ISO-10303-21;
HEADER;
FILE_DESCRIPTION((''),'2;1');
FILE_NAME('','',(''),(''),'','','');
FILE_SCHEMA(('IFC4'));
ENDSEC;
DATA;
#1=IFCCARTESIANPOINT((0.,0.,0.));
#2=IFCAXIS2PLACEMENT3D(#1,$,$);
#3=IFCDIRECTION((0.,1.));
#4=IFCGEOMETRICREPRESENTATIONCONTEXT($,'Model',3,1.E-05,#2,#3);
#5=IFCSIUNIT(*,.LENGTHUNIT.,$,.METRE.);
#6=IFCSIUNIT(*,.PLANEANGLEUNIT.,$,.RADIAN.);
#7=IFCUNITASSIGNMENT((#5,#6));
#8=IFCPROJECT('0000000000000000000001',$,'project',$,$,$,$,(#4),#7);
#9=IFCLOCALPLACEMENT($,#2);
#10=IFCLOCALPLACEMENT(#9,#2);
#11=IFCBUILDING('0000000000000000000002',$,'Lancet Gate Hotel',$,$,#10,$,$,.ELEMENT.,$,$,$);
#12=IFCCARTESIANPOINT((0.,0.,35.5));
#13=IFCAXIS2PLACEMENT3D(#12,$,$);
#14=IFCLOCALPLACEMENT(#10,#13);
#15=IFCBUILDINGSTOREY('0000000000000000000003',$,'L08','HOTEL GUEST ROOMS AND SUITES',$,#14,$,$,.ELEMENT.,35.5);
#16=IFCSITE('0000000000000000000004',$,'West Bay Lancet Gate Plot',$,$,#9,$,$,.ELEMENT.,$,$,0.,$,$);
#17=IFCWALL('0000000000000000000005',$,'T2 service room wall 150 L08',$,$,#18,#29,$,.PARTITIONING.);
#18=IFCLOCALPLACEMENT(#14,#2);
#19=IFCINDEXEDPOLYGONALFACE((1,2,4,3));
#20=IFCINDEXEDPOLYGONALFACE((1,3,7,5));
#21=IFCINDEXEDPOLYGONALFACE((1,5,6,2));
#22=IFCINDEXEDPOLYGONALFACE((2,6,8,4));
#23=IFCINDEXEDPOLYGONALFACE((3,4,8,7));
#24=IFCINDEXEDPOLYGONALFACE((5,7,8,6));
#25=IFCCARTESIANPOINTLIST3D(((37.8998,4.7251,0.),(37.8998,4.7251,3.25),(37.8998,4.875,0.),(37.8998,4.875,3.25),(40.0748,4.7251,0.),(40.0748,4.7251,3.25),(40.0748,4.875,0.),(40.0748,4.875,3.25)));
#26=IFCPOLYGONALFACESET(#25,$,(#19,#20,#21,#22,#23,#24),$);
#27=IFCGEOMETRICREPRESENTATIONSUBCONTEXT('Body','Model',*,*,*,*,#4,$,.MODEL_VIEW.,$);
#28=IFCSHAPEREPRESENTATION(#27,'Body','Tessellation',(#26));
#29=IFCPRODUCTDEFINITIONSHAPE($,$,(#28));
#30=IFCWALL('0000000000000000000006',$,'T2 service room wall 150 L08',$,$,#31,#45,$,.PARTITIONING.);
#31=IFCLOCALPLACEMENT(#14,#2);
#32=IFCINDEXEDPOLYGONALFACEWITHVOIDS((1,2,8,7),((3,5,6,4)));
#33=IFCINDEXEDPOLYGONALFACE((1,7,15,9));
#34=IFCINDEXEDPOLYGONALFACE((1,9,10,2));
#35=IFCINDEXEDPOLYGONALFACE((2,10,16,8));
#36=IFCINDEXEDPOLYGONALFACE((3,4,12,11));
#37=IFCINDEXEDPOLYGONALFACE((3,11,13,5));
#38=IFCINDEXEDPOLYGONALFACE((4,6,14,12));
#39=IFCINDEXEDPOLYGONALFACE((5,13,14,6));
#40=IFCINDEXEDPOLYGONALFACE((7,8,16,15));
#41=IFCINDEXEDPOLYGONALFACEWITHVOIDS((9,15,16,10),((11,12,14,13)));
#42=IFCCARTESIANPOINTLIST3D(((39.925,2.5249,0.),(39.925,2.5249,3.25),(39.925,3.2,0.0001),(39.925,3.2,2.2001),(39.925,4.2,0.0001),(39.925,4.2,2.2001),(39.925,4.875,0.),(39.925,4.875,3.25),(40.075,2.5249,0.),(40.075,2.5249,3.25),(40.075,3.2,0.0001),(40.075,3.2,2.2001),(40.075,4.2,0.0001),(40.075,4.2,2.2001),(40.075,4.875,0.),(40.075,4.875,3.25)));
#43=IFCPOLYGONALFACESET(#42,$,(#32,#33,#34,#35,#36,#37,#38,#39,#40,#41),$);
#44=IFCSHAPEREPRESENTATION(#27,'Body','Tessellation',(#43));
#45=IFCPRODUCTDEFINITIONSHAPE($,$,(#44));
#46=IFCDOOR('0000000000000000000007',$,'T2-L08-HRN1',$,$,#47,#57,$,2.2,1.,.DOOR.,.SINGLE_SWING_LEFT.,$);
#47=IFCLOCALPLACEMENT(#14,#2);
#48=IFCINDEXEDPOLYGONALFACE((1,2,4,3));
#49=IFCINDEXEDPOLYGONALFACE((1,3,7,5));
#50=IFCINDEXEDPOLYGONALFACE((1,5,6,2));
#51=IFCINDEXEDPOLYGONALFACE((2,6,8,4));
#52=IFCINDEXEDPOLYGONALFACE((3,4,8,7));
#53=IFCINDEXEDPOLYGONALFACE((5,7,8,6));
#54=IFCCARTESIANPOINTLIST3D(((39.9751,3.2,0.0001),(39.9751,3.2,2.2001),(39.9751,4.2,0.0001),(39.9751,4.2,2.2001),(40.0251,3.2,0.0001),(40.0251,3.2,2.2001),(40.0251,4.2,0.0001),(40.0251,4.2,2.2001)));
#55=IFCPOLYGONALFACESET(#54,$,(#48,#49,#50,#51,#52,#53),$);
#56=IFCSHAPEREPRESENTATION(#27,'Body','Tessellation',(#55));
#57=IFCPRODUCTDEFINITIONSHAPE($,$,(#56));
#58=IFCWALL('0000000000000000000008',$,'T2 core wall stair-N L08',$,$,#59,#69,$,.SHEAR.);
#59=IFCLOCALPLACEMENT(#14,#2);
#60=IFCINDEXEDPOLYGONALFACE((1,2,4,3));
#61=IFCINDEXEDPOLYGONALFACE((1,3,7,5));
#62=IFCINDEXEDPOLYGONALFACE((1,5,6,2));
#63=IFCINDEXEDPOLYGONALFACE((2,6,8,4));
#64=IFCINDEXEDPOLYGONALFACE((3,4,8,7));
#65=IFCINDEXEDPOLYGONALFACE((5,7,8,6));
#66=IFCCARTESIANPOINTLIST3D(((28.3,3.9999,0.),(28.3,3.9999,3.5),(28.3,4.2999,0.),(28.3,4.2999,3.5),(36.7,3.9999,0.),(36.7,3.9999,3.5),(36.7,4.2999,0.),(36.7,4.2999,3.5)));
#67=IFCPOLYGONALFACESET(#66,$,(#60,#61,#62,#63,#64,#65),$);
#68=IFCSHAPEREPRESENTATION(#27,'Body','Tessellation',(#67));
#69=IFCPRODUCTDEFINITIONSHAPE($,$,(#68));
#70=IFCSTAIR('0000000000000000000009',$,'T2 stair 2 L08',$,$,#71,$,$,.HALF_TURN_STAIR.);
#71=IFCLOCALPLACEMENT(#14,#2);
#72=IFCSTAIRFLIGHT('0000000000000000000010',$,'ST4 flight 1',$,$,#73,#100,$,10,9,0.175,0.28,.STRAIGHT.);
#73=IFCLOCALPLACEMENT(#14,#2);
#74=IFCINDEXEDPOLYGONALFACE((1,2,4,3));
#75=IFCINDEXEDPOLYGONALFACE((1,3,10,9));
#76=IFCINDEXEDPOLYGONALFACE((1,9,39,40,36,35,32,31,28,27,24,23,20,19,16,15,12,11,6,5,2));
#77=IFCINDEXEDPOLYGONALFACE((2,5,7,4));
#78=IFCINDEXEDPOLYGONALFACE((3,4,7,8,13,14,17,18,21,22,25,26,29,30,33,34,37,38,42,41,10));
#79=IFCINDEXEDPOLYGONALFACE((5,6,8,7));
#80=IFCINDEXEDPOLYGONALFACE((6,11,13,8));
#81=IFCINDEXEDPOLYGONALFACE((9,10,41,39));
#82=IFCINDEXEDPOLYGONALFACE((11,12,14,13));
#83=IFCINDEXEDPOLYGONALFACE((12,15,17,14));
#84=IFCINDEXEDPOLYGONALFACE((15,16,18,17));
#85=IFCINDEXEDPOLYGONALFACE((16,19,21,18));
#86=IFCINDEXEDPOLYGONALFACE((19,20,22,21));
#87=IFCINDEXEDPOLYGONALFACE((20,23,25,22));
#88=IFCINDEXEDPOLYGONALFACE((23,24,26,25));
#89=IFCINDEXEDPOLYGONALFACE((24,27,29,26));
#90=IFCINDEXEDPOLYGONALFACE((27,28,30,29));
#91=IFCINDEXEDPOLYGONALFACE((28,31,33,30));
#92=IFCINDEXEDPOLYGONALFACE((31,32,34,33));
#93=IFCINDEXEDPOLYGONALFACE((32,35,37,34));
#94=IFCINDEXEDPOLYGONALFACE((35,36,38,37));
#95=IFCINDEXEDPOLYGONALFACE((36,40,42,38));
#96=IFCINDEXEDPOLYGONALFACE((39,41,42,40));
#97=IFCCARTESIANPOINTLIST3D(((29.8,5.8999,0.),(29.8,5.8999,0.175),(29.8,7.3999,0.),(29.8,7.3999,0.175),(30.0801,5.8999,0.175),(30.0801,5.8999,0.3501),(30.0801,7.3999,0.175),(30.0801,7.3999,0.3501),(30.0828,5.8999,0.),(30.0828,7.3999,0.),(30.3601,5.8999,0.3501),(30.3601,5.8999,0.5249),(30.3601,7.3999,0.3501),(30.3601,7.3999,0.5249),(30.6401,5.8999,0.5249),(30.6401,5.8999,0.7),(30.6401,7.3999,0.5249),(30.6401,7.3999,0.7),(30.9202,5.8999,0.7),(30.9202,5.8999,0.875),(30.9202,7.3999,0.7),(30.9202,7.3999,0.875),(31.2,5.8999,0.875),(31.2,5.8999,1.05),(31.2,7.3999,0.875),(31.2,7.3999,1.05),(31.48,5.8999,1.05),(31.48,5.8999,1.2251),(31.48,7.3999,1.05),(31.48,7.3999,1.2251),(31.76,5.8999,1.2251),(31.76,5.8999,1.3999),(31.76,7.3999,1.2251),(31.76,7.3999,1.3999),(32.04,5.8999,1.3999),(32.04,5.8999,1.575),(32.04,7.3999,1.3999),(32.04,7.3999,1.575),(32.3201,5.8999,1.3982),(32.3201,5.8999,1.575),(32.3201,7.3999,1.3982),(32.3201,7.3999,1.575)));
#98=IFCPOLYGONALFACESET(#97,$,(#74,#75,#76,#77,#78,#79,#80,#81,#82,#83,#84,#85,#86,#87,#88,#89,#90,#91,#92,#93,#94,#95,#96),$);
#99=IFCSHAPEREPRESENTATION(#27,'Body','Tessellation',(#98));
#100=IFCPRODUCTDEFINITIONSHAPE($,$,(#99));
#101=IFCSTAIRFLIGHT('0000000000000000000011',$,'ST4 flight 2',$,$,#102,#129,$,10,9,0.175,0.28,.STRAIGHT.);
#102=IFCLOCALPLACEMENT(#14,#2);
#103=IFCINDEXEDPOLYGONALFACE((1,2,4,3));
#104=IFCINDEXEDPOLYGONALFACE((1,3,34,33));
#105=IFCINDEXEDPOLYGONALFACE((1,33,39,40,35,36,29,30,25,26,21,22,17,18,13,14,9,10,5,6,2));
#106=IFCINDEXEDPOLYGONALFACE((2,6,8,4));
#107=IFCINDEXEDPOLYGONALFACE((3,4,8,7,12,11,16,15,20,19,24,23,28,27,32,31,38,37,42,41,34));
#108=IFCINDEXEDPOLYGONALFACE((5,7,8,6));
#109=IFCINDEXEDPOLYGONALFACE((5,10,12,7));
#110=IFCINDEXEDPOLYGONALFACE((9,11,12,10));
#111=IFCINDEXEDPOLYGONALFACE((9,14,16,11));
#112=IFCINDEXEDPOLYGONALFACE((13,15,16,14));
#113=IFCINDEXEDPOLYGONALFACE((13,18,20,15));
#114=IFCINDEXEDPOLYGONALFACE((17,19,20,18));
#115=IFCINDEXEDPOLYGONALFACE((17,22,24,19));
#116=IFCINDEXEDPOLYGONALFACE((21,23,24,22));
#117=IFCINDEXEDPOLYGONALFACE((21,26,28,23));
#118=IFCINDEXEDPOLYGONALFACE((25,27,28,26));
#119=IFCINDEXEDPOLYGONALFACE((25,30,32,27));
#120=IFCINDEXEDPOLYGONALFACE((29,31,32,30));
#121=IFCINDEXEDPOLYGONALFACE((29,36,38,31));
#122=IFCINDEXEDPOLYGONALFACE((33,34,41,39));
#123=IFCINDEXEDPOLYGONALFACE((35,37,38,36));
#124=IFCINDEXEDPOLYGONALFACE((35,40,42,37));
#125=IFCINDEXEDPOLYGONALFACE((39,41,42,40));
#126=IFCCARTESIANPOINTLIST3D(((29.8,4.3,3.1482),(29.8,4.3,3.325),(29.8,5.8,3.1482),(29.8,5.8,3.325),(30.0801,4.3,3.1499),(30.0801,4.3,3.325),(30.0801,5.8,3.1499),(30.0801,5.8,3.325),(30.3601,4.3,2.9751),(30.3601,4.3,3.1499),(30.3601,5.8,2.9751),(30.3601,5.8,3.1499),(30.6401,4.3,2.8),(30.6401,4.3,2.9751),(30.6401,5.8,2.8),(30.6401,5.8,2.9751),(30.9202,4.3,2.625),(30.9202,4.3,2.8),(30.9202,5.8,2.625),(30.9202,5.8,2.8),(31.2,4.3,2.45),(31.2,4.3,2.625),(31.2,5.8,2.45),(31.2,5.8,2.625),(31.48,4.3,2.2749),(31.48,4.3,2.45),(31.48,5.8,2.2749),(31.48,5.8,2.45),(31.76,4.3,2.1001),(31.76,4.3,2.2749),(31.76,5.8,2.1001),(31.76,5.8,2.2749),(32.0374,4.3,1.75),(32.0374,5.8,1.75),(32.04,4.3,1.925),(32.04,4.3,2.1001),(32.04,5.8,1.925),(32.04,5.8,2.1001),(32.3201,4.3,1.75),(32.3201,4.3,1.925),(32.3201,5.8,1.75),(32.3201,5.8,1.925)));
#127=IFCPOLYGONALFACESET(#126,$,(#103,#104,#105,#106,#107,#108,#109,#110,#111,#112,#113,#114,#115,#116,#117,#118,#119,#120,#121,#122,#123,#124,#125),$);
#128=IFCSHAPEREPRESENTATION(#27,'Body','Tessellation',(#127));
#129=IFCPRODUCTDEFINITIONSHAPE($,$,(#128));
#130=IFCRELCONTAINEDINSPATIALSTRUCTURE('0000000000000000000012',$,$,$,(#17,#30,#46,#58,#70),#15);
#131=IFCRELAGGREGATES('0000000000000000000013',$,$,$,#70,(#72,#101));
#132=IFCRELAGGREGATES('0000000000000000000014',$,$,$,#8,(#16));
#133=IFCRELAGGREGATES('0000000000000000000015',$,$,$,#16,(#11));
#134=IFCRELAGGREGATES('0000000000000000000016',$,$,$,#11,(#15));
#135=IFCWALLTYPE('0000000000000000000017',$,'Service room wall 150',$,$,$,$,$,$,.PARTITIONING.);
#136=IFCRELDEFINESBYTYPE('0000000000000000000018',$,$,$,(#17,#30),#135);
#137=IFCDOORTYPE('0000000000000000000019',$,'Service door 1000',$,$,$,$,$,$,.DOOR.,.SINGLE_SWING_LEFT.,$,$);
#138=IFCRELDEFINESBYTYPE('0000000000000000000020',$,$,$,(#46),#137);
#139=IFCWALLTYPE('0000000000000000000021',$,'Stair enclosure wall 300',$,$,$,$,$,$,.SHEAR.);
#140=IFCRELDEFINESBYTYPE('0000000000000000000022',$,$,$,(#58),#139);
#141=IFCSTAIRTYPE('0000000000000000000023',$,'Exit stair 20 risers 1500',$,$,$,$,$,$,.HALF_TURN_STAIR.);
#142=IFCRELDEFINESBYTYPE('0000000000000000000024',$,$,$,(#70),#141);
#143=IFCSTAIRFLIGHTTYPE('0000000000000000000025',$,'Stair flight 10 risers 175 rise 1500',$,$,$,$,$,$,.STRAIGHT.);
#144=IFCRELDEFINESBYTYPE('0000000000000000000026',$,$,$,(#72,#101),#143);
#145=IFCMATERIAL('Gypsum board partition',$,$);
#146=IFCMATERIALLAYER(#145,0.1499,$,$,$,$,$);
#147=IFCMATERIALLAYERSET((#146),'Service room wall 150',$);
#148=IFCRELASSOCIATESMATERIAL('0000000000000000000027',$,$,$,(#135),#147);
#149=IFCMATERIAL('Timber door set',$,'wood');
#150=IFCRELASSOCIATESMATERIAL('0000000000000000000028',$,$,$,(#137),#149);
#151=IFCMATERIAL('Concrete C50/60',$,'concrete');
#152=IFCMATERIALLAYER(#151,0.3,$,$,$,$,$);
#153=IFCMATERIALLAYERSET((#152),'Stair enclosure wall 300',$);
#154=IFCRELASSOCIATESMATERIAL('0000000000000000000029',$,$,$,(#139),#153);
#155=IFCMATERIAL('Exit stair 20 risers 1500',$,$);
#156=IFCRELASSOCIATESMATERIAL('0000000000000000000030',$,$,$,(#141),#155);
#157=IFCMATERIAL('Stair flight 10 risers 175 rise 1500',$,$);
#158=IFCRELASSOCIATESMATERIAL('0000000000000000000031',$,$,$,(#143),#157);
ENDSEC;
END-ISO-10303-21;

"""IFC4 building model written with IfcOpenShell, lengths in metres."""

from ifc_helpers import new_model, si_unit, direction, frame, frame_2d, origin, place, context, subcontext, project, spatial, polyline, rectangle, outline, extrude, material, layer, layer_set, type_object, element, fill, aggregate, save


model = new_model("IFC4")

# Units and contexts
model_context = context("Model", 3, precision=1e-05, world=origin(), true_north=direction((0.0, 1.0)))
body_context = subcontext(model_context, "Body", "Model", "MODEL_VIEW")
ifc_project = project(units=[si_unit("LENGTHUNIT", "METRE"), si_unit("PLANEANGLEUNIT", "RADIAN")], contexts=[model_context])

# Site, building, storey
site_placement = place(None, origin())
site = spatial("IfcSite", under=ifc_project, at=site_placement, Name="West Bay Lancet Gate Plot", CompositionType="ELEMENT", RefElevation=0.0)
building_placement = place(site_placement, origin())
building = spatial("IfcBuilding", under=site, at=building_placement, Name="Lancet Gate Hotel", CompositionType="ELEMENT")
storey_placement = place(building_placement, frame((0.0, 0.0, 35.5)))
storey = spatial("IfcBuildingStorey", under=building, at=storey_placement, Name="L08", Description="HOTEL GUEST ROOMS AND SUITES", CompositionType="ELEMENT", Elevation=35.5)

# Wall
ifc_material_1 = material(Name="Gypsum board partition")
ifc_layer_1 = layer(ifc_material_1, 0.1499)
ifc_layer_set_1 = layer_set([ifc_layer_1], Name="Service room wall 150")
wall_type_1 = type_object("IfcWallType", Name="Service room wall 150", PredefinedType="PARTITIONING", material=ifc_layer_set_1)
for number, where, z_axis, x_axis, name in (
    (1, (37.8999, 4.8, 0.0), (0.0, 0.0, 1.0), (1.0, 0.0, 0.0), "T2 service room wall 150 L08"),
):
    element("IfcWall", number, at=place(storey_placement, frame(where, z_axis=z_axis, x_axis=x_axis)), inside=storey, type_object=wall_type_1, Name=name, PredefinedType="PARTITIONING", context=body_context, shape_type="SweptSolid", body=[
        extrude(rectangle(XDim=2.175, YDim=0.1499, at=frame_2d((1.0874, 0.0))), origin(), (0.0, 0.0, 1.0), 3.25),
    ])

# Wall, opening, door
wall_1_placement = place(storey_placement, frame((40.0, 2.5249, 0.0), z_axis=(0.0, 0.0, 1.0), x_axis=(0.0, 1.0, 0.0)))
wall_1 = element("IfcWall", 2, at=wall_1_placement, inside=storey, type_object=wall_type_1, Name="T2 service room wall 150 L08", PredefinedType="PARTITIONING", context=body_context, shape_type="SweptSolid", body=[
    extrude(rectangle(XDim=2.3501, YDim=0.1499, at=frame_2d((1.175, 0.0))), origin(), (0.0, 0.0, 1.0), 3.25),
])
opening_1_placement = place(wall_1_placement, frame((0.675, 0.0, 0.0)))
opening_1 = element("IfcOpeningElement", 3, at=opening_1_placement, cuts=wall_1, PredefinedType="OPENING", context=body_context, shape_type="SweptSolid", body=[
    extrude(rectangle(XDim=1.0, YDim=2.2, at=frame_2d((0.5, 1.1001))), frame((0.0, 0.085, 0.0), z_axis=(0.0, -1.0, 0.0), x_axis=(1.0, 0.0, 0.0)), (0.0, 0.0, 1.0), 0.1699),
])
ifc_material_2 = material(Name="Timber door set", Category="wood")
door_type_1 = type_object("IfcDoorType", Name="Service door 1000", OperationType="SINGLE_SWING_LEFT", PredefinedType="DOOR", material=ifc_material_2)
door_1_placement = place(opening_1_placement, origin())
door_1 = element("IfcDoor", 4, at=door_1_placement, inside=storey, type_object=door_type_1, Name="T2-L08-HRN1", OperationType="SINGLE_SWING_LEFT", OverallHeight=2.2, OverallWidth=1.0, PredefinedType="DOOR", context=body_context, shape_type="SweptSolid", body=[
    extrude(rectangle(XDim=1.0, YDim=2.2, at=frame_2d((0.5, 1.1001))), frame((0.0, 0.0249, 0.0), z_axis=(0.0, -1.0, 0.0), x_axis=(1.0, 0.0, 0.0)), (0.0, 0.0, 1.0), 0.05),
])
fill(opening_1, door_1)

# Wall
ifc_material_3 = material(Name="Concrete C50/60", Category="concrete")
ifc_layer_2 = layer(ifc_material_3, 0.3)
ifc_layer_set_2 = layer_set([ifc_layer_2], Name="Stair enclosure wall 300")
wall_type_2 = type_object("IfcWallType", Name="Stair enclosure wall 300", PredefinedType="SHEAR", material=ifc_layer_set_2)
wall_2_placement = place(storey_placement, frame((28.3, 4.1499, 0.0), z_axis=(0.0, 0.0, 1.0), x_axis=(1.0, 0.0, 0.0)))
element("IfcWall", 5, at=wall_2_placement, inside=storey, type_object=wall_type_2, Name="T2 core wall stair-N L08", PredefinedType="SHEAR", context=body_context, shape_type="SweptSolid", body=[
    extrude(rectangle(XDim=8.3999, YDim=0.3, at=frame_2d((4.2, 0.0))), origin(), (0.0, 0.0, 1.0), 3.5),
])

# Stair, stair flights
ifc_material_4 = material(Name="Exit stair 20 risers 1500")
stair_type = type_object("IfcStairType", Name="Exit stair 20 risers 1500", PredefinedType="HALF_TURN_STAIR", material=ifc_material_4)
stair_placement = place(storey_placement, origin())
stair = element("IfcStair", 6, at=stair_placement, inside=storey, type_object=stair_type, Name="T2 stair 2 L08", PredefinedType="HALF_TURN_STAIR")
ifc_material_5 = material(Name="Stair flight 10 risers 175 rise 1500")
stair_flight_type = type_object("IfcStairFlightType", Name="Stair flight 10 risers 175 rise 1500", PredefinedType="STRAIGHT", material=ifc_material_5)
stair_flight_1_placement = place(storey_placement, frame((29.8, 6.6499, 0.0), z_axis=(0.0, 0.0, 1.0), x_axis=(1.0, 0.0, 0.0)))
stair_flight_1 = element("IfcStairFlight", 7, at=stair_flight_1_placement, type_object=stair_flight_type, Name="ST4 flight 1", NumberOfRisers=10, NumberOfTreads=9, PredefinedType="STRAIGHT", RiserHeight=0.175, TreadLength=0.28, context=body_context, shape_type="SweptSolid", body=[
    extrude(outline(polyline([(0.0, 0.0), (0.0, 0.175), (0.28, 0.175), (0.28, 0.3501), (0.5601, 0.3501), (0.5601, 0.5249), (0.8401, 0.5249), (0.8401, 0.7), (1.1201, 0.7), (1.1201, 0.875), (1.3999, 0.875), (1.3999, 1.05), (1.6799, 1.05), (1.6799, 1.2251), (1.96, 1.2251), (1.96, 1.3999), (2.24, 1.3999), (2.24, 1.575), (2.52, 1.575), (2.52, 1.75), (2.52, 1.3982), (0.2827, 0.0), (0.0, 0.0)])), frame((0.0, 0.75, 0.0), z_axis=(0.0, -1.0, 0.0), x_axis=(1.0, 0.0, 0.0)), (0.0, 0.0, 1.0), 1.5),
])
stair_flight_2_placement = place(storey_placement, frame((32.3201, 5.05, 1.75), z_axis=(0.0, 0.0, 1.0), x_axis=(-1.0, 0.0, 0.0)))
stair_flight_2 = element("IfcStairFlight", 8, at=stair_flight_2_placement, type_object=stair_flight_type, Name="ST4 flight 2", NumberOfRisers=10, NumberOfTreads=9, PredefinedType="STRAIGHT", RiserHeight=0.175, TreadLength=0.28, context=body_context, shape_type="SweptSolid", body=[
    extrude(outline(polyline([(0.0, 0.0), (0.0, 0.175), (0.28, 0.175), (0.28, 0.3501), (0.5601, 0.3501), (0.5601, 0.5249), (0.8401, 0.5249), (0.8401, 0.7), (1.1201, 0.7), (1.1201, 0.875), (1.3999, 0.875), (1.3999, 1.05), (1.6799, 1.05), (1.6799, 1.2251), (1.96, 1.2251), (1.96, 1.3999), (2.24, 1.3999), (2.24, 1.575), (2.52, 1.575), (2.52, 1.75), (2.52, 1.3982), (0.2827, 0.0), (0.0, 0.0)])), frame((0.0, 0.75, 0.0), z_axis=(0.0, -1.0, 0.0), x_axis=(1.0, 0.0, 0.0)), (0.0, 0.0, 1.0), 1.5),
])
aggregate(stair, [stair_flight_1, stair_flight_2])

save(model, "model.ifc")
